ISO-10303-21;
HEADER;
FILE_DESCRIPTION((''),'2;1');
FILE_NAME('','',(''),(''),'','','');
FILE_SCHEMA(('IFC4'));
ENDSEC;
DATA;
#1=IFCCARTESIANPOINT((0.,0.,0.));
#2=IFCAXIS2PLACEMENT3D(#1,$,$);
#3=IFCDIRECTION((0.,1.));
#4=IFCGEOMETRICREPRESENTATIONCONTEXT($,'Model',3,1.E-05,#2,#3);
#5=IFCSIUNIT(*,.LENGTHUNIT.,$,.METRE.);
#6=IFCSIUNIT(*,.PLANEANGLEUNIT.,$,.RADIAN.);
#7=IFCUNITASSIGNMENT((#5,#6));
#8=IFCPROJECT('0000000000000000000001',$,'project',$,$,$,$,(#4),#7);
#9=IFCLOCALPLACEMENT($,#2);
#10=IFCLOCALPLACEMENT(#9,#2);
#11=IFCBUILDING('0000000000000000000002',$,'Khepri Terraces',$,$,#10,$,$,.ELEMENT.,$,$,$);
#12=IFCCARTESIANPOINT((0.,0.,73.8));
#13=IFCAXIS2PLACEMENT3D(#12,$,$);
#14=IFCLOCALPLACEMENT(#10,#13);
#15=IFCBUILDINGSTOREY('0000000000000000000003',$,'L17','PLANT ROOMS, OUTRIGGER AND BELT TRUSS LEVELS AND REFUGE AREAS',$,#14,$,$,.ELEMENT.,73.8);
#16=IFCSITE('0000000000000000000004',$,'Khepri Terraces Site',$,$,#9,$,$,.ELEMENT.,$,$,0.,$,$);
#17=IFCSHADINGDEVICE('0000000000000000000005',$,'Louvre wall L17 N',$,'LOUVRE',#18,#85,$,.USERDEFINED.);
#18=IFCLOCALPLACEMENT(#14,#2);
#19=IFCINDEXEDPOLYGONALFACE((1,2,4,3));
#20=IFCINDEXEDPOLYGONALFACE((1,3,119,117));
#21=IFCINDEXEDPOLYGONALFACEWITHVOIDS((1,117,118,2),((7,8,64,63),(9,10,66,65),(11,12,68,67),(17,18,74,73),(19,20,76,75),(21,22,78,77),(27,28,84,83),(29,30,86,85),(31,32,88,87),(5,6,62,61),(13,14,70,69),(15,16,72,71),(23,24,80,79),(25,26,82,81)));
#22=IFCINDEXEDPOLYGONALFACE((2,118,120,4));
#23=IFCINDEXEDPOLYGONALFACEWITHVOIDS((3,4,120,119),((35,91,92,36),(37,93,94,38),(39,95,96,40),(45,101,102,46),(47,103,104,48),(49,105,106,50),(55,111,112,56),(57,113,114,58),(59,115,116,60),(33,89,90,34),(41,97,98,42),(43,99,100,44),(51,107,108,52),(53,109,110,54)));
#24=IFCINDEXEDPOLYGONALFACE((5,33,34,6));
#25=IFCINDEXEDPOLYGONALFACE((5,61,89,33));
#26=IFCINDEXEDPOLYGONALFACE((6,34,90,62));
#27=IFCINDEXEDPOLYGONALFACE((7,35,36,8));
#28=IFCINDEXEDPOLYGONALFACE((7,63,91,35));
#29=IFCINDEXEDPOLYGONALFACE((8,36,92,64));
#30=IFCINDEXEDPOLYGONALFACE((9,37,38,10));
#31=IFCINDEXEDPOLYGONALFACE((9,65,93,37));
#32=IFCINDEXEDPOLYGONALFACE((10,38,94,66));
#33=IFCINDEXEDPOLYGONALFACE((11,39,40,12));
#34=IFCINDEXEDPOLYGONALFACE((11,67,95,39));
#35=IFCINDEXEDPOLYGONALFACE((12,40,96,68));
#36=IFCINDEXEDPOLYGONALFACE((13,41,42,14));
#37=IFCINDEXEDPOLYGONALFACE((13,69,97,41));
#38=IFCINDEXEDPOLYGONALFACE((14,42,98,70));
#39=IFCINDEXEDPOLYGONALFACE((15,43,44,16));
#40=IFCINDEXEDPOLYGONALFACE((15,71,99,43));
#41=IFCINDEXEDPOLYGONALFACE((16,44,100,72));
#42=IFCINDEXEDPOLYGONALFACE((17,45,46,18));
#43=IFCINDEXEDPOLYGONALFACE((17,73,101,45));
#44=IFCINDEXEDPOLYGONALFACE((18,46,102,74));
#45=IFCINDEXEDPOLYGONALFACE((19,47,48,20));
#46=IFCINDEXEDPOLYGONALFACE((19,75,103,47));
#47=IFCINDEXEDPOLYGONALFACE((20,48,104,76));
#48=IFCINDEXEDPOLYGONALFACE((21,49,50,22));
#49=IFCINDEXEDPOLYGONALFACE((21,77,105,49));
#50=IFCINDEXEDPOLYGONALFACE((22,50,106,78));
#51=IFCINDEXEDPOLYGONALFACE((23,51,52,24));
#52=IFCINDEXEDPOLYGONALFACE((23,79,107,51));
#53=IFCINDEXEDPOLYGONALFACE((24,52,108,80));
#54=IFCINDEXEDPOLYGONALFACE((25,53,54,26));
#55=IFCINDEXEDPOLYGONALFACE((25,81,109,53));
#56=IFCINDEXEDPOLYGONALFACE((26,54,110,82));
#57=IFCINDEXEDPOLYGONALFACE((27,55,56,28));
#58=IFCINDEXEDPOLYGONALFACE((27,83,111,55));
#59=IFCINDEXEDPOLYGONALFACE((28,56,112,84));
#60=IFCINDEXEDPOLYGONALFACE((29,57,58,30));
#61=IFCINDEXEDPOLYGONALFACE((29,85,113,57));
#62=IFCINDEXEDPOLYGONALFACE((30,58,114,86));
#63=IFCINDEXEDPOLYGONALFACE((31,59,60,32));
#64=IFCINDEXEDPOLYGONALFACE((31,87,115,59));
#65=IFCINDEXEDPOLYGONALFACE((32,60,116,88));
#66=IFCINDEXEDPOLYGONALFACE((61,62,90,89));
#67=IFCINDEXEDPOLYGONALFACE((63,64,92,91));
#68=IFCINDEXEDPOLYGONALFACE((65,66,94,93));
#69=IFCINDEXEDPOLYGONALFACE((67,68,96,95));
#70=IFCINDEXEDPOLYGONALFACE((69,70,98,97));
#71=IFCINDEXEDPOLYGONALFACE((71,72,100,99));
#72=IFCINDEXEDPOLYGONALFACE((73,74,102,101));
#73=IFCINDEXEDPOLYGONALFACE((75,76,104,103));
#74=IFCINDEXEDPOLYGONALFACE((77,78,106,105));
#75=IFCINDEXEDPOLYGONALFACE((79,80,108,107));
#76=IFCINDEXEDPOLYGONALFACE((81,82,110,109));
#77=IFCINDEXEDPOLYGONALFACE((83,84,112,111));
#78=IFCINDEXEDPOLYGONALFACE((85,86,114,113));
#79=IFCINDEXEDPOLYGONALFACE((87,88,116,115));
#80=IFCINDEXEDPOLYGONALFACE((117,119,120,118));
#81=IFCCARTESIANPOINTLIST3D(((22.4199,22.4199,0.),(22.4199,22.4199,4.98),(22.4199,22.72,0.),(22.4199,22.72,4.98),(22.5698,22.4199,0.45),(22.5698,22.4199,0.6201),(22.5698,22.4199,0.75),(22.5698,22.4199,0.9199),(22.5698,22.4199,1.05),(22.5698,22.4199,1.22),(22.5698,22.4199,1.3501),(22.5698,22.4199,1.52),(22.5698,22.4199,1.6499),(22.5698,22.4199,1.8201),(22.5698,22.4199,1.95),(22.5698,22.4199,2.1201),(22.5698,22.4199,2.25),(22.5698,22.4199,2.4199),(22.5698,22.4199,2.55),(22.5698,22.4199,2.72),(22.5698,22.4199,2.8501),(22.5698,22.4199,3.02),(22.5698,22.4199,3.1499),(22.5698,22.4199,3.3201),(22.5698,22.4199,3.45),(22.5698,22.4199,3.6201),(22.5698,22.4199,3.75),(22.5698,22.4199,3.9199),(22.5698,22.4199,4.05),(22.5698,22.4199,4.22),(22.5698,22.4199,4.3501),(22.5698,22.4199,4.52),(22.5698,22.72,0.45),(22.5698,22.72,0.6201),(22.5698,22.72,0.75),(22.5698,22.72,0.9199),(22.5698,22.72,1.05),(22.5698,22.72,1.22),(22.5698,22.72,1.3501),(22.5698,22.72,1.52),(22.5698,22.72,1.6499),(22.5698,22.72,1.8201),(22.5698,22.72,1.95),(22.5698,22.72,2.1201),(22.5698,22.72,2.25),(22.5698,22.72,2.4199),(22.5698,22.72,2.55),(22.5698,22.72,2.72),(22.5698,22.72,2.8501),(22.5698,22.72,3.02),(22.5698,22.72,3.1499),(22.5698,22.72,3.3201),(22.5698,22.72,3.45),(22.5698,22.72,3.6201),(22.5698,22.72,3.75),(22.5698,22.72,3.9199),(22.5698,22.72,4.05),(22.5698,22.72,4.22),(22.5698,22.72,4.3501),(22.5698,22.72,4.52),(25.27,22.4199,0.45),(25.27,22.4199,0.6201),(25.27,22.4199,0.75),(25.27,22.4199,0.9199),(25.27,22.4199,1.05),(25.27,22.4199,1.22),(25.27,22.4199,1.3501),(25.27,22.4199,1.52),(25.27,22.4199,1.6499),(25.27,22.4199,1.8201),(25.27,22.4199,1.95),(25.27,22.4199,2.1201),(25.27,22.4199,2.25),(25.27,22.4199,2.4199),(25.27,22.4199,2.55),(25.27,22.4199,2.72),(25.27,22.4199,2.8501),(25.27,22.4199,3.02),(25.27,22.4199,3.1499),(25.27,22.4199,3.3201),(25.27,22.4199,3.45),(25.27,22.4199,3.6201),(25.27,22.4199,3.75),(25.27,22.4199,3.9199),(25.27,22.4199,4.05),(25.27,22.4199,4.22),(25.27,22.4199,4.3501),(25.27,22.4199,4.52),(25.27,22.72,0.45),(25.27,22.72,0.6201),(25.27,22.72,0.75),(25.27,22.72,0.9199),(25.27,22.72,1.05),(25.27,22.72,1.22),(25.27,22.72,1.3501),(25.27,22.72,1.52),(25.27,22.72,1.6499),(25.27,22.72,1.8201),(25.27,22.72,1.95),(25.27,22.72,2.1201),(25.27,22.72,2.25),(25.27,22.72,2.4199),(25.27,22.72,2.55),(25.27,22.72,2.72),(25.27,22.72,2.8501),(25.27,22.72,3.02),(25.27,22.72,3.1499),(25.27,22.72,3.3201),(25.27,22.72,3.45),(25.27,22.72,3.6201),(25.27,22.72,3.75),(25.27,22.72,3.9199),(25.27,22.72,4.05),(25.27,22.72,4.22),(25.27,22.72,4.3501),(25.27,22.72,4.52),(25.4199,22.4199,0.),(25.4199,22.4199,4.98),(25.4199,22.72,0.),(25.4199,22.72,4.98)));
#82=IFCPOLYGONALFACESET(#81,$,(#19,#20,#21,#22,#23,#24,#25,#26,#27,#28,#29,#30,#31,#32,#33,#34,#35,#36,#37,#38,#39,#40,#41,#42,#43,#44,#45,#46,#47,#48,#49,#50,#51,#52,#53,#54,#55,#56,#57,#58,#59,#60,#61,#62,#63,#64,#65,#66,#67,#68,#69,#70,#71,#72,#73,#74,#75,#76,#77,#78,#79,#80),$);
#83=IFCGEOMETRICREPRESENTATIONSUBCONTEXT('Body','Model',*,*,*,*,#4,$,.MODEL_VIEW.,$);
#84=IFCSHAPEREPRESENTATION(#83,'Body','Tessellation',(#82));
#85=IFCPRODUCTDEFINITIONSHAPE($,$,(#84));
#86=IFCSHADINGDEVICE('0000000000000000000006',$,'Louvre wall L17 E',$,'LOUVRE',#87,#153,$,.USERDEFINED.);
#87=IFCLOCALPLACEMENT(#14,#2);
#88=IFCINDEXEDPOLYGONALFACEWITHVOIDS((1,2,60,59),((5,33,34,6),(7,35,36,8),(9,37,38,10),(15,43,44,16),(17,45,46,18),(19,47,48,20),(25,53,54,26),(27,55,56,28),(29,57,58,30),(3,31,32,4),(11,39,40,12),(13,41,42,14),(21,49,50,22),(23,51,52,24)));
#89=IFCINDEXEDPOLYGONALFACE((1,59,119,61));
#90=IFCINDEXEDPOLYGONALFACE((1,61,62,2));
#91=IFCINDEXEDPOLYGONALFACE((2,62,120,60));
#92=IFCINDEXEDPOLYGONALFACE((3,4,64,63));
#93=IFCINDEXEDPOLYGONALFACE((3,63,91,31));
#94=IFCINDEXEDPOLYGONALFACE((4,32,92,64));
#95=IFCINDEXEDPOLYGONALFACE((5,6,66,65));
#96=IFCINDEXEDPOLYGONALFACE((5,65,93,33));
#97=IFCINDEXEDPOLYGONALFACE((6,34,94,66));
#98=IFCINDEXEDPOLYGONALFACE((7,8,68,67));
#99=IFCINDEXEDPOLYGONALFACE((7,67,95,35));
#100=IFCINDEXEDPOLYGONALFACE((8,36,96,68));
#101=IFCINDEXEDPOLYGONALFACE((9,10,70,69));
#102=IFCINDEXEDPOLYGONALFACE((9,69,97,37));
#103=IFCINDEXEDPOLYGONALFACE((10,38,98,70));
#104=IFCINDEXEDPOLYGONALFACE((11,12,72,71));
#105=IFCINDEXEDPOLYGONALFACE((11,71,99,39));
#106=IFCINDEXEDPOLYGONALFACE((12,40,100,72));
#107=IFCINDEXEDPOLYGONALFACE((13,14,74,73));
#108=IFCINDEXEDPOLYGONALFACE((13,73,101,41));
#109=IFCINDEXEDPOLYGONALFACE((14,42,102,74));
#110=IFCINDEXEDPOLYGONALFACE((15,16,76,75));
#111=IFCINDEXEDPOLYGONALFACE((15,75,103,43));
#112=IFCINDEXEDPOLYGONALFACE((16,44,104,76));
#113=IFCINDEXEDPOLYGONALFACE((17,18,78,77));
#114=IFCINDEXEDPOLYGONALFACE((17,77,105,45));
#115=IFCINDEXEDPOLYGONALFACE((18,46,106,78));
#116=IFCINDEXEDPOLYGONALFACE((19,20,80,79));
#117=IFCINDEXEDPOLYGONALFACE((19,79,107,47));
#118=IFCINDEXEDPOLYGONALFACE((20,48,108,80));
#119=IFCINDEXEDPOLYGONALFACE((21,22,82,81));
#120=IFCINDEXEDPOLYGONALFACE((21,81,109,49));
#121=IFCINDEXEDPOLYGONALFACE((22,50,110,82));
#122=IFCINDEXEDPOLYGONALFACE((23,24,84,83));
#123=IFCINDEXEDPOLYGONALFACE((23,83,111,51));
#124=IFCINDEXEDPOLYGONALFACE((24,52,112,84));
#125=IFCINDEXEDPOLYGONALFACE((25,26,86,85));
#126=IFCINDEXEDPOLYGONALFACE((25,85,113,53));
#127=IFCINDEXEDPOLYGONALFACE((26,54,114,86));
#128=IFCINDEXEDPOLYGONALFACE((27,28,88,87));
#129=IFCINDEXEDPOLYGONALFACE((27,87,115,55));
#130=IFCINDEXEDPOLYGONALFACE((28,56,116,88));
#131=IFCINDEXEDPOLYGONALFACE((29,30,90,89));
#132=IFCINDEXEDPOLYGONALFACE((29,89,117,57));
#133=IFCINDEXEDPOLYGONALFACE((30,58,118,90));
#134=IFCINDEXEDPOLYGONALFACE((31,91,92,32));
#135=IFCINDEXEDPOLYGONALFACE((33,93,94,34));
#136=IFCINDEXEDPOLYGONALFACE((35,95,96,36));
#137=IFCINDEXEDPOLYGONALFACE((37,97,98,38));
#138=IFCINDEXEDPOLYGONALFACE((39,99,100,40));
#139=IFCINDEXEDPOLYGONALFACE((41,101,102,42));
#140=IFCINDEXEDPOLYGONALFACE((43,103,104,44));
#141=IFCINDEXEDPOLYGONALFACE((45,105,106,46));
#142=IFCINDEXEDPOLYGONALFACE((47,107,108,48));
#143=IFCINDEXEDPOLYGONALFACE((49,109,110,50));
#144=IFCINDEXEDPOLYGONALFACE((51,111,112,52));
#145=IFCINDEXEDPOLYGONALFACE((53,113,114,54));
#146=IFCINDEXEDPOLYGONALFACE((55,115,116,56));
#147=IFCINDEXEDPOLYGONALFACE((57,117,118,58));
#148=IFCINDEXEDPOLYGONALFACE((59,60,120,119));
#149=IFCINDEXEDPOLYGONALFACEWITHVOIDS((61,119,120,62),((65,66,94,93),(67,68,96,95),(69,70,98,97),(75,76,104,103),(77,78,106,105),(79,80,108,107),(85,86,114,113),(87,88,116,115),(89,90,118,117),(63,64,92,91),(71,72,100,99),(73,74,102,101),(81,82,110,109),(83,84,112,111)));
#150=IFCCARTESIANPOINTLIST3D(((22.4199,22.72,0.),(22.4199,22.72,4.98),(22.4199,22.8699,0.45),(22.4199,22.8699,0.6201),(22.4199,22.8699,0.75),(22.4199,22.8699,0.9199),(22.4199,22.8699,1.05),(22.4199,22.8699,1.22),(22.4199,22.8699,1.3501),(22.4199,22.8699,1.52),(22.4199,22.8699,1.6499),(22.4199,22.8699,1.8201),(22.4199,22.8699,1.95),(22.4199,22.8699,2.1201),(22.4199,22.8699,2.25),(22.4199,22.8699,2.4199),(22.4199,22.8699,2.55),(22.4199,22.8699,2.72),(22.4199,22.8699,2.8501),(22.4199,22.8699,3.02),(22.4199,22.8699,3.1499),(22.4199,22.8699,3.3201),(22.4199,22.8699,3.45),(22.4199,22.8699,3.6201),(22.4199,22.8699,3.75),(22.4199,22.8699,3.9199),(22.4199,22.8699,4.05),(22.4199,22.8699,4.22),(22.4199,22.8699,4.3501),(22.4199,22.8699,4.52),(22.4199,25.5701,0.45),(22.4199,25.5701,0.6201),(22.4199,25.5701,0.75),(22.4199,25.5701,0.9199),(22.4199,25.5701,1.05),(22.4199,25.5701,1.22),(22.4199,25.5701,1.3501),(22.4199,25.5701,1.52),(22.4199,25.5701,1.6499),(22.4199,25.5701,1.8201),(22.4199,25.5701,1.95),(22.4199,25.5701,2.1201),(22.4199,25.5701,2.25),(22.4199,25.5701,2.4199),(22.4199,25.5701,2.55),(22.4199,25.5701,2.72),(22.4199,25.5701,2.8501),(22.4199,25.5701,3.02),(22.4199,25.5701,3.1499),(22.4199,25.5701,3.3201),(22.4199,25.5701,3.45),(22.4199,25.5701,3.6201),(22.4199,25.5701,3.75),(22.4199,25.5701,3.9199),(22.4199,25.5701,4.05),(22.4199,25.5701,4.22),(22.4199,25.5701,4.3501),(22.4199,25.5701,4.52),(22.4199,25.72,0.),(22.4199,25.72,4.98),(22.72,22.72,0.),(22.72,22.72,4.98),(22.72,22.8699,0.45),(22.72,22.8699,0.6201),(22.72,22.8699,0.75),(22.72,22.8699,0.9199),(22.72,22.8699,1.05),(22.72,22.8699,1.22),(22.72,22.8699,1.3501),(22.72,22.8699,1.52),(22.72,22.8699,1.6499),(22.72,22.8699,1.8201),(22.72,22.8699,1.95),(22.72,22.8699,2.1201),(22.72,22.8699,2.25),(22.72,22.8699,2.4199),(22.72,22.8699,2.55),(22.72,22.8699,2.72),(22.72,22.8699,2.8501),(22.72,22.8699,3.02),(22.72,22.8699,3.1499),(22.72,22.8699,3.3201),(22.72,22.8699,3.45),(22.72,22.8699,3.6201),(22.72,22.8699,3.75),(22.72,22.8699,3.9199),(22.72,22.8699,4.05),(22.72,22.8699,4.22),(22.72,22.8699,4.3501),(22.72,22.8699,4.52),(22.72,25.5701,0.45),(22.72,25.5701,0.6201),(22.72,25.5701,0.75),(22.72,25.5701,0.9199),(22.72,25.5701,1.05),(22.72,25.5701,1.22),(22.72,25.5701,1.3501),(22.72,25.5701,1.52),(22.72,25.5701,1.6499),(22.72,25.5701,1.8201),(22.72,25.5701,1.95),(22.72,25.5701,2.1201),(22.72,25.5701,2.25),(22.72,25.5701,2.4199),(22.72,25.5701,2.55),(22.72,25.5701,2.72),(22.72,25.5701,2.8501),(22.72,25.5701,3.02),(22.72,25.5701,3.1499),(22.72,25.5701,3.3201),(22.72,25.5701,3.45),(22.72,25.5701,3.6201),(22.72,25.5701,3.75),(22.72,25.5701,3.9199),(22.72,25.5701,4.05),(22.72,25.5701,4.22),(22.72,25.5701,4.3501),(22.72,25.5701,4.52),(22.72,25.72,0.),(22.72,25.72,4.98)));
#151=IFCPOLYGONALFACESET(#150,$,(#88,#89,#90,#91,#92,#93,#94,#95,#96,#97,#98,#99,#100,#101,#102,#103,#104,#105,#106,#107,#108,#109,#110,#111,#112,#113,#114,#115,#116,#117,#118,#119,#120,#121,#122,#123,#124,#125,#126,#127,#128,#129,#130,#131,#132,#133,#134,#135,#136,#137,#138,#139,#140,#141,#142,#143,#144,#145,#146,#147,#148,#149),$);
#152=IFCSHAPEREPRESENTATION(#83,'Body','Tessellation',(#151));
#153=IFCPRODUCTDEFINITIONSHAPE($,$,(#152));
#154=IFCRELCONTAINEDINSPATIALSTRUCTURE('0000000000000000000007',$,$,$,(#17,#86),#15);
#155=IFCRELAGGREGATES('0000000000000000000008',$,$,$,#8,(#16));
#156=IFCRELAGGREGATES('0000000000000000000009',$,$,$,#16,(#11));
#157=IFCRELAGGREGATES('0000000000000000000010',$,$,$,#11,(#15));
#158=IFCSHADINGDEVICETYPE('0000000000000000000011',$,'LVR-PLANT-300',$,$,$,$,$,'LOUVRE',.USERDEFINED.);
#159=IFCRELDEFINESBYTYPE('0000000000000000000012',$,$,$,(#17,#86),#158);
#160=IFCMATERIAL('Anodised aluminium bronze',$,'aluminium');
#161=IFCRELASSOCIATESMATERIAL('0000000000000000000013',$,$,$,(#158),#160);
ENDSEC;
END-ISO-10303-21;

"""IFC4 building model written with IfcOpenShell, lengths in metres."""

from ifc_helpers import new_model, si_unit, direction, frame, origin, place, context, subcontext, project, spatial, polyline, outline, extrude, material, type_object, element, save


model = new_model("IFC4")

# Units and contexts
model_context = context("Model", 3, precision=1e-05, world=origin(), true_north=direction((0.0, 1.0)))
body_context = subcontext(model_context, "Body", "Model", "MODEL_VIEW")
ifc_project = project(units=[si_unit("LENGTHUNIT", "METRE"), si_unit("PLANEANGLEUNIT", "RADIAN")], contexts=[model_context])

# Site, building, storey
site_placement = place(None, origin())
site = spatial("IfcSite", under=ifc_project, at=site_placement, Name="Khepri Terraces Site", CompositionType="ELEMENT", RefElevation=0.0)
building_placement = place(site_placement, origin())
building = spatial("IfcBuilding", under=site, at=building_placement, Name="Khepri Terraces", CompositionType="ELEMENT")
storey_placement = place(building_placement, frame((0.0, 0.0, 73.8)))
storey = spatial("IfcBuildingStorey", under=building, at=storey_placement, Name="L17", Description="PLANT ROOMS, OUTRIGGER AND BELT TRUSS LEVELS AND REFUGE AREAS", CompositionType="ELEMENT", Elevation=73.8)

# Shading devices
ifc_material_1 = material(Name="Anodised aluminium bronze", Category="aluminium")
shading_device_type = type_object("IfcShadingDeviceType", Name="LVR-PLANT-300", ElementType="LOUVRE", PredefinedType="USERDEFINED", material=ifc_material_1)
shading_device_1_placement = place(storey_placement, frame((25.4199, 22.4199, 0.0), z_axis=(0.0, 1.0, 0.0), x_axis=(-1.0, 0.0, 0.0)))
element("IfcShadingDevice", 1, at=shading_device_1_placement, inside=storey, type_object=shading_device_type, Name="Louvre wall L17 N", ObjectType="LOUVRE", PredefinedType="USERDEFINED", context=body_context, shape_type="SweptSolid", body=[
    extrude(outline(polyline([(0.0, 0.0), (3.0, 0.0), (3.0, 4.98), (0.0, 4.98), (0.0, 0.0)]), holes=[polyline([(0.1499, 0.45), (2.8501, 0.45), (2.8501, 0.6201), (0.1499, 0.6201), (0.1499, 0.45)]), polyline([(0.1499, 0.75), (2.8501, 0.75), (2.8501, 0.9199), (0.1499, 0.9199), (0.1499, 0.75)]), polyline([(0.1499, 1.05), (2.8501, 1.05), (2.8501, 1.22), (0.1499, 1.22), (0.1499, 1.05)]), polyline([(0.1499, 1.3501), (2.8501, 1.3501), (2.8501, 1.52), (0.1499, 1.52), (0.1499, 1.3501)]), polyline([(0.1499, 1.6499), (2.8501, 1.6499), (2.8501, 1.8201), (0.1499, 1.8201), (0.1499, 1.6499)]), polyline([(0.1499, 1.95), (2.8501, 1.95), (2.8501, 2.1201), (0.1499, 2.1201), (0.1499, 1.95)]), polyline([(0.1499, 2.25), (2.8501, 2.25), (2.8501, 2.4199), (0.1499, 2.4199), (0.1499, 2.25)]), polyline([(0.1499, 2.55), (2.8501, 2.55), (2.8501, 2.72), (0.1499, 2.72), (0.1499, 2.55)]), polyline([(0.1499, 2.8501), (2.8501, 2.8501), (2.8501, 3.02), (0.1499, 3.02), (0.1499, 2.8501)]), polyline([(0.1499, 3.1499), (2.8501, 3.1499), (2.8501, 3.3201), (0.1499, 3.3201), (0.1499, 3.1499)]), polyline([(0.1499, 3.45), (2.8501, 3.45), (2.8501, 3.6201), (0.1499, 3.6201), (0.1499, 3.45)]), polyline([(0.1499, 3.75), (2.8501, 3.75), (2.8501, 3.9199), (0.1499, 3.9199), (0.1499, 3.75)]), polyline([(0.1499, 4.05), (2.8501, 4.05), (2.8501, 4.22), (0.1499, 4.22), (0.1499, 4.05)]), polyline([(0.1499, 4.3501), (2.8501, 4.3501), (2.8501, 4.52), (0.1499, 4.52), (0.1499, 4.3501)])]), origin(), (0.0, 0.0, 1.0), 0.3),
])
shading_device_2_placement = place(storey_placement, frame((22.4199, 22.72, 0.0), z_axis=(1.0, 0.0, 0.0), x_axis=(0.0, 1.0, 0.0)))
element("IfcShadingDevice", 2, at=shading_device_2_placement, inside=storey, type_object=shading_device_type, Name="Louvre wall L17 E", ObjectType="LOUVRE", PredefinedType="USERDEFINED", context=body_context, shape_type="SweptSolid", body=[
    extrude(outline(polyline([(0.0, 0.0), (3.0, 0.0), (3.0, 4.98), (0.0, 4.98), (0.0, 0.0)]), holes=[polyline([(0.1499, 0.45), (2.8501, 0.45), (2.8501, 0.6201), (0.1499, 0.6201), (0.1499, 0.45)]), polyline([(0.1499, 0.75), (2.8501, 0.75), (2.8501, 0.9199), (0.1499, 0.9199), (0.1499, 0.75)]), polyline([(0.1499, 1.05), (2.8501, 1.05), (2.8501, 1.22), (0.1499, 1.22), (0.1499, 1.05)]), polyline([(0.1499, 1.3501), (2.8501, 1.3501), (2.8501, 1.52), (0.1499, 1.52), (0.1499, 1.3501)]), polyline([(0.1499, 1.6499), (2.8501, 1.6499), (2.8501, 1.8201), (0.1499, 1.8201), (0.1499, 1.6499)]), polyline([(0.1499, 1.95), (2.8501, 1.95), (2.8501, 2.1201), (0.1499, 2.1201), (0.1499, 1.95)]), polyline([(0.1499, 2.25), (2.8501, 2.25), (2.8501, 2.4199), (0.1499, 2.4199), (0.1499, 2.25)]), polyline([(0.1499, 2.55), (2.8501, 2.55), (2.8501, 2.72), (0.1499, 2.72), (0.1499, 2.55)]), polyline([(0.1499, 2.8501), (2.8501, 2.8501), (2.8501, 3.02), (0.1499, 3.02), (0.1499, 2.8501)]), polyline([(0.1499, 3.1499), (2.8501, 3.1499), (2.8501, 3.3201), (0.1499, 3.3201), (0.1499, 3.1499)]), polyline([(0.1499, 3.45), (2.8501, 3.45), (2.8501, 3.6201), (0.1499, 3.6201), (0.1499, 3.45)]), polyline([(0.1499, 3.75), (2.8501, 3.75), (2.8501, 3.9199), (0.1499, 3.9199), (0.1499, 3.75)]), polyline([(0.1499, 4.05), (2.8501, 4.05), (2.8501, 4.22), (0.1499, 4.22), (0.1499, 4.05)]), polyline([(0.1499, 4.3501), (2.8501, 4.3501), (2.8501, 4.52), (0.1499, 4.52), (0.1499, 4.3501)])]), origin(), (0.0, 0.0, 1.0), 0.3),
])

save(model, "model.ifc")
